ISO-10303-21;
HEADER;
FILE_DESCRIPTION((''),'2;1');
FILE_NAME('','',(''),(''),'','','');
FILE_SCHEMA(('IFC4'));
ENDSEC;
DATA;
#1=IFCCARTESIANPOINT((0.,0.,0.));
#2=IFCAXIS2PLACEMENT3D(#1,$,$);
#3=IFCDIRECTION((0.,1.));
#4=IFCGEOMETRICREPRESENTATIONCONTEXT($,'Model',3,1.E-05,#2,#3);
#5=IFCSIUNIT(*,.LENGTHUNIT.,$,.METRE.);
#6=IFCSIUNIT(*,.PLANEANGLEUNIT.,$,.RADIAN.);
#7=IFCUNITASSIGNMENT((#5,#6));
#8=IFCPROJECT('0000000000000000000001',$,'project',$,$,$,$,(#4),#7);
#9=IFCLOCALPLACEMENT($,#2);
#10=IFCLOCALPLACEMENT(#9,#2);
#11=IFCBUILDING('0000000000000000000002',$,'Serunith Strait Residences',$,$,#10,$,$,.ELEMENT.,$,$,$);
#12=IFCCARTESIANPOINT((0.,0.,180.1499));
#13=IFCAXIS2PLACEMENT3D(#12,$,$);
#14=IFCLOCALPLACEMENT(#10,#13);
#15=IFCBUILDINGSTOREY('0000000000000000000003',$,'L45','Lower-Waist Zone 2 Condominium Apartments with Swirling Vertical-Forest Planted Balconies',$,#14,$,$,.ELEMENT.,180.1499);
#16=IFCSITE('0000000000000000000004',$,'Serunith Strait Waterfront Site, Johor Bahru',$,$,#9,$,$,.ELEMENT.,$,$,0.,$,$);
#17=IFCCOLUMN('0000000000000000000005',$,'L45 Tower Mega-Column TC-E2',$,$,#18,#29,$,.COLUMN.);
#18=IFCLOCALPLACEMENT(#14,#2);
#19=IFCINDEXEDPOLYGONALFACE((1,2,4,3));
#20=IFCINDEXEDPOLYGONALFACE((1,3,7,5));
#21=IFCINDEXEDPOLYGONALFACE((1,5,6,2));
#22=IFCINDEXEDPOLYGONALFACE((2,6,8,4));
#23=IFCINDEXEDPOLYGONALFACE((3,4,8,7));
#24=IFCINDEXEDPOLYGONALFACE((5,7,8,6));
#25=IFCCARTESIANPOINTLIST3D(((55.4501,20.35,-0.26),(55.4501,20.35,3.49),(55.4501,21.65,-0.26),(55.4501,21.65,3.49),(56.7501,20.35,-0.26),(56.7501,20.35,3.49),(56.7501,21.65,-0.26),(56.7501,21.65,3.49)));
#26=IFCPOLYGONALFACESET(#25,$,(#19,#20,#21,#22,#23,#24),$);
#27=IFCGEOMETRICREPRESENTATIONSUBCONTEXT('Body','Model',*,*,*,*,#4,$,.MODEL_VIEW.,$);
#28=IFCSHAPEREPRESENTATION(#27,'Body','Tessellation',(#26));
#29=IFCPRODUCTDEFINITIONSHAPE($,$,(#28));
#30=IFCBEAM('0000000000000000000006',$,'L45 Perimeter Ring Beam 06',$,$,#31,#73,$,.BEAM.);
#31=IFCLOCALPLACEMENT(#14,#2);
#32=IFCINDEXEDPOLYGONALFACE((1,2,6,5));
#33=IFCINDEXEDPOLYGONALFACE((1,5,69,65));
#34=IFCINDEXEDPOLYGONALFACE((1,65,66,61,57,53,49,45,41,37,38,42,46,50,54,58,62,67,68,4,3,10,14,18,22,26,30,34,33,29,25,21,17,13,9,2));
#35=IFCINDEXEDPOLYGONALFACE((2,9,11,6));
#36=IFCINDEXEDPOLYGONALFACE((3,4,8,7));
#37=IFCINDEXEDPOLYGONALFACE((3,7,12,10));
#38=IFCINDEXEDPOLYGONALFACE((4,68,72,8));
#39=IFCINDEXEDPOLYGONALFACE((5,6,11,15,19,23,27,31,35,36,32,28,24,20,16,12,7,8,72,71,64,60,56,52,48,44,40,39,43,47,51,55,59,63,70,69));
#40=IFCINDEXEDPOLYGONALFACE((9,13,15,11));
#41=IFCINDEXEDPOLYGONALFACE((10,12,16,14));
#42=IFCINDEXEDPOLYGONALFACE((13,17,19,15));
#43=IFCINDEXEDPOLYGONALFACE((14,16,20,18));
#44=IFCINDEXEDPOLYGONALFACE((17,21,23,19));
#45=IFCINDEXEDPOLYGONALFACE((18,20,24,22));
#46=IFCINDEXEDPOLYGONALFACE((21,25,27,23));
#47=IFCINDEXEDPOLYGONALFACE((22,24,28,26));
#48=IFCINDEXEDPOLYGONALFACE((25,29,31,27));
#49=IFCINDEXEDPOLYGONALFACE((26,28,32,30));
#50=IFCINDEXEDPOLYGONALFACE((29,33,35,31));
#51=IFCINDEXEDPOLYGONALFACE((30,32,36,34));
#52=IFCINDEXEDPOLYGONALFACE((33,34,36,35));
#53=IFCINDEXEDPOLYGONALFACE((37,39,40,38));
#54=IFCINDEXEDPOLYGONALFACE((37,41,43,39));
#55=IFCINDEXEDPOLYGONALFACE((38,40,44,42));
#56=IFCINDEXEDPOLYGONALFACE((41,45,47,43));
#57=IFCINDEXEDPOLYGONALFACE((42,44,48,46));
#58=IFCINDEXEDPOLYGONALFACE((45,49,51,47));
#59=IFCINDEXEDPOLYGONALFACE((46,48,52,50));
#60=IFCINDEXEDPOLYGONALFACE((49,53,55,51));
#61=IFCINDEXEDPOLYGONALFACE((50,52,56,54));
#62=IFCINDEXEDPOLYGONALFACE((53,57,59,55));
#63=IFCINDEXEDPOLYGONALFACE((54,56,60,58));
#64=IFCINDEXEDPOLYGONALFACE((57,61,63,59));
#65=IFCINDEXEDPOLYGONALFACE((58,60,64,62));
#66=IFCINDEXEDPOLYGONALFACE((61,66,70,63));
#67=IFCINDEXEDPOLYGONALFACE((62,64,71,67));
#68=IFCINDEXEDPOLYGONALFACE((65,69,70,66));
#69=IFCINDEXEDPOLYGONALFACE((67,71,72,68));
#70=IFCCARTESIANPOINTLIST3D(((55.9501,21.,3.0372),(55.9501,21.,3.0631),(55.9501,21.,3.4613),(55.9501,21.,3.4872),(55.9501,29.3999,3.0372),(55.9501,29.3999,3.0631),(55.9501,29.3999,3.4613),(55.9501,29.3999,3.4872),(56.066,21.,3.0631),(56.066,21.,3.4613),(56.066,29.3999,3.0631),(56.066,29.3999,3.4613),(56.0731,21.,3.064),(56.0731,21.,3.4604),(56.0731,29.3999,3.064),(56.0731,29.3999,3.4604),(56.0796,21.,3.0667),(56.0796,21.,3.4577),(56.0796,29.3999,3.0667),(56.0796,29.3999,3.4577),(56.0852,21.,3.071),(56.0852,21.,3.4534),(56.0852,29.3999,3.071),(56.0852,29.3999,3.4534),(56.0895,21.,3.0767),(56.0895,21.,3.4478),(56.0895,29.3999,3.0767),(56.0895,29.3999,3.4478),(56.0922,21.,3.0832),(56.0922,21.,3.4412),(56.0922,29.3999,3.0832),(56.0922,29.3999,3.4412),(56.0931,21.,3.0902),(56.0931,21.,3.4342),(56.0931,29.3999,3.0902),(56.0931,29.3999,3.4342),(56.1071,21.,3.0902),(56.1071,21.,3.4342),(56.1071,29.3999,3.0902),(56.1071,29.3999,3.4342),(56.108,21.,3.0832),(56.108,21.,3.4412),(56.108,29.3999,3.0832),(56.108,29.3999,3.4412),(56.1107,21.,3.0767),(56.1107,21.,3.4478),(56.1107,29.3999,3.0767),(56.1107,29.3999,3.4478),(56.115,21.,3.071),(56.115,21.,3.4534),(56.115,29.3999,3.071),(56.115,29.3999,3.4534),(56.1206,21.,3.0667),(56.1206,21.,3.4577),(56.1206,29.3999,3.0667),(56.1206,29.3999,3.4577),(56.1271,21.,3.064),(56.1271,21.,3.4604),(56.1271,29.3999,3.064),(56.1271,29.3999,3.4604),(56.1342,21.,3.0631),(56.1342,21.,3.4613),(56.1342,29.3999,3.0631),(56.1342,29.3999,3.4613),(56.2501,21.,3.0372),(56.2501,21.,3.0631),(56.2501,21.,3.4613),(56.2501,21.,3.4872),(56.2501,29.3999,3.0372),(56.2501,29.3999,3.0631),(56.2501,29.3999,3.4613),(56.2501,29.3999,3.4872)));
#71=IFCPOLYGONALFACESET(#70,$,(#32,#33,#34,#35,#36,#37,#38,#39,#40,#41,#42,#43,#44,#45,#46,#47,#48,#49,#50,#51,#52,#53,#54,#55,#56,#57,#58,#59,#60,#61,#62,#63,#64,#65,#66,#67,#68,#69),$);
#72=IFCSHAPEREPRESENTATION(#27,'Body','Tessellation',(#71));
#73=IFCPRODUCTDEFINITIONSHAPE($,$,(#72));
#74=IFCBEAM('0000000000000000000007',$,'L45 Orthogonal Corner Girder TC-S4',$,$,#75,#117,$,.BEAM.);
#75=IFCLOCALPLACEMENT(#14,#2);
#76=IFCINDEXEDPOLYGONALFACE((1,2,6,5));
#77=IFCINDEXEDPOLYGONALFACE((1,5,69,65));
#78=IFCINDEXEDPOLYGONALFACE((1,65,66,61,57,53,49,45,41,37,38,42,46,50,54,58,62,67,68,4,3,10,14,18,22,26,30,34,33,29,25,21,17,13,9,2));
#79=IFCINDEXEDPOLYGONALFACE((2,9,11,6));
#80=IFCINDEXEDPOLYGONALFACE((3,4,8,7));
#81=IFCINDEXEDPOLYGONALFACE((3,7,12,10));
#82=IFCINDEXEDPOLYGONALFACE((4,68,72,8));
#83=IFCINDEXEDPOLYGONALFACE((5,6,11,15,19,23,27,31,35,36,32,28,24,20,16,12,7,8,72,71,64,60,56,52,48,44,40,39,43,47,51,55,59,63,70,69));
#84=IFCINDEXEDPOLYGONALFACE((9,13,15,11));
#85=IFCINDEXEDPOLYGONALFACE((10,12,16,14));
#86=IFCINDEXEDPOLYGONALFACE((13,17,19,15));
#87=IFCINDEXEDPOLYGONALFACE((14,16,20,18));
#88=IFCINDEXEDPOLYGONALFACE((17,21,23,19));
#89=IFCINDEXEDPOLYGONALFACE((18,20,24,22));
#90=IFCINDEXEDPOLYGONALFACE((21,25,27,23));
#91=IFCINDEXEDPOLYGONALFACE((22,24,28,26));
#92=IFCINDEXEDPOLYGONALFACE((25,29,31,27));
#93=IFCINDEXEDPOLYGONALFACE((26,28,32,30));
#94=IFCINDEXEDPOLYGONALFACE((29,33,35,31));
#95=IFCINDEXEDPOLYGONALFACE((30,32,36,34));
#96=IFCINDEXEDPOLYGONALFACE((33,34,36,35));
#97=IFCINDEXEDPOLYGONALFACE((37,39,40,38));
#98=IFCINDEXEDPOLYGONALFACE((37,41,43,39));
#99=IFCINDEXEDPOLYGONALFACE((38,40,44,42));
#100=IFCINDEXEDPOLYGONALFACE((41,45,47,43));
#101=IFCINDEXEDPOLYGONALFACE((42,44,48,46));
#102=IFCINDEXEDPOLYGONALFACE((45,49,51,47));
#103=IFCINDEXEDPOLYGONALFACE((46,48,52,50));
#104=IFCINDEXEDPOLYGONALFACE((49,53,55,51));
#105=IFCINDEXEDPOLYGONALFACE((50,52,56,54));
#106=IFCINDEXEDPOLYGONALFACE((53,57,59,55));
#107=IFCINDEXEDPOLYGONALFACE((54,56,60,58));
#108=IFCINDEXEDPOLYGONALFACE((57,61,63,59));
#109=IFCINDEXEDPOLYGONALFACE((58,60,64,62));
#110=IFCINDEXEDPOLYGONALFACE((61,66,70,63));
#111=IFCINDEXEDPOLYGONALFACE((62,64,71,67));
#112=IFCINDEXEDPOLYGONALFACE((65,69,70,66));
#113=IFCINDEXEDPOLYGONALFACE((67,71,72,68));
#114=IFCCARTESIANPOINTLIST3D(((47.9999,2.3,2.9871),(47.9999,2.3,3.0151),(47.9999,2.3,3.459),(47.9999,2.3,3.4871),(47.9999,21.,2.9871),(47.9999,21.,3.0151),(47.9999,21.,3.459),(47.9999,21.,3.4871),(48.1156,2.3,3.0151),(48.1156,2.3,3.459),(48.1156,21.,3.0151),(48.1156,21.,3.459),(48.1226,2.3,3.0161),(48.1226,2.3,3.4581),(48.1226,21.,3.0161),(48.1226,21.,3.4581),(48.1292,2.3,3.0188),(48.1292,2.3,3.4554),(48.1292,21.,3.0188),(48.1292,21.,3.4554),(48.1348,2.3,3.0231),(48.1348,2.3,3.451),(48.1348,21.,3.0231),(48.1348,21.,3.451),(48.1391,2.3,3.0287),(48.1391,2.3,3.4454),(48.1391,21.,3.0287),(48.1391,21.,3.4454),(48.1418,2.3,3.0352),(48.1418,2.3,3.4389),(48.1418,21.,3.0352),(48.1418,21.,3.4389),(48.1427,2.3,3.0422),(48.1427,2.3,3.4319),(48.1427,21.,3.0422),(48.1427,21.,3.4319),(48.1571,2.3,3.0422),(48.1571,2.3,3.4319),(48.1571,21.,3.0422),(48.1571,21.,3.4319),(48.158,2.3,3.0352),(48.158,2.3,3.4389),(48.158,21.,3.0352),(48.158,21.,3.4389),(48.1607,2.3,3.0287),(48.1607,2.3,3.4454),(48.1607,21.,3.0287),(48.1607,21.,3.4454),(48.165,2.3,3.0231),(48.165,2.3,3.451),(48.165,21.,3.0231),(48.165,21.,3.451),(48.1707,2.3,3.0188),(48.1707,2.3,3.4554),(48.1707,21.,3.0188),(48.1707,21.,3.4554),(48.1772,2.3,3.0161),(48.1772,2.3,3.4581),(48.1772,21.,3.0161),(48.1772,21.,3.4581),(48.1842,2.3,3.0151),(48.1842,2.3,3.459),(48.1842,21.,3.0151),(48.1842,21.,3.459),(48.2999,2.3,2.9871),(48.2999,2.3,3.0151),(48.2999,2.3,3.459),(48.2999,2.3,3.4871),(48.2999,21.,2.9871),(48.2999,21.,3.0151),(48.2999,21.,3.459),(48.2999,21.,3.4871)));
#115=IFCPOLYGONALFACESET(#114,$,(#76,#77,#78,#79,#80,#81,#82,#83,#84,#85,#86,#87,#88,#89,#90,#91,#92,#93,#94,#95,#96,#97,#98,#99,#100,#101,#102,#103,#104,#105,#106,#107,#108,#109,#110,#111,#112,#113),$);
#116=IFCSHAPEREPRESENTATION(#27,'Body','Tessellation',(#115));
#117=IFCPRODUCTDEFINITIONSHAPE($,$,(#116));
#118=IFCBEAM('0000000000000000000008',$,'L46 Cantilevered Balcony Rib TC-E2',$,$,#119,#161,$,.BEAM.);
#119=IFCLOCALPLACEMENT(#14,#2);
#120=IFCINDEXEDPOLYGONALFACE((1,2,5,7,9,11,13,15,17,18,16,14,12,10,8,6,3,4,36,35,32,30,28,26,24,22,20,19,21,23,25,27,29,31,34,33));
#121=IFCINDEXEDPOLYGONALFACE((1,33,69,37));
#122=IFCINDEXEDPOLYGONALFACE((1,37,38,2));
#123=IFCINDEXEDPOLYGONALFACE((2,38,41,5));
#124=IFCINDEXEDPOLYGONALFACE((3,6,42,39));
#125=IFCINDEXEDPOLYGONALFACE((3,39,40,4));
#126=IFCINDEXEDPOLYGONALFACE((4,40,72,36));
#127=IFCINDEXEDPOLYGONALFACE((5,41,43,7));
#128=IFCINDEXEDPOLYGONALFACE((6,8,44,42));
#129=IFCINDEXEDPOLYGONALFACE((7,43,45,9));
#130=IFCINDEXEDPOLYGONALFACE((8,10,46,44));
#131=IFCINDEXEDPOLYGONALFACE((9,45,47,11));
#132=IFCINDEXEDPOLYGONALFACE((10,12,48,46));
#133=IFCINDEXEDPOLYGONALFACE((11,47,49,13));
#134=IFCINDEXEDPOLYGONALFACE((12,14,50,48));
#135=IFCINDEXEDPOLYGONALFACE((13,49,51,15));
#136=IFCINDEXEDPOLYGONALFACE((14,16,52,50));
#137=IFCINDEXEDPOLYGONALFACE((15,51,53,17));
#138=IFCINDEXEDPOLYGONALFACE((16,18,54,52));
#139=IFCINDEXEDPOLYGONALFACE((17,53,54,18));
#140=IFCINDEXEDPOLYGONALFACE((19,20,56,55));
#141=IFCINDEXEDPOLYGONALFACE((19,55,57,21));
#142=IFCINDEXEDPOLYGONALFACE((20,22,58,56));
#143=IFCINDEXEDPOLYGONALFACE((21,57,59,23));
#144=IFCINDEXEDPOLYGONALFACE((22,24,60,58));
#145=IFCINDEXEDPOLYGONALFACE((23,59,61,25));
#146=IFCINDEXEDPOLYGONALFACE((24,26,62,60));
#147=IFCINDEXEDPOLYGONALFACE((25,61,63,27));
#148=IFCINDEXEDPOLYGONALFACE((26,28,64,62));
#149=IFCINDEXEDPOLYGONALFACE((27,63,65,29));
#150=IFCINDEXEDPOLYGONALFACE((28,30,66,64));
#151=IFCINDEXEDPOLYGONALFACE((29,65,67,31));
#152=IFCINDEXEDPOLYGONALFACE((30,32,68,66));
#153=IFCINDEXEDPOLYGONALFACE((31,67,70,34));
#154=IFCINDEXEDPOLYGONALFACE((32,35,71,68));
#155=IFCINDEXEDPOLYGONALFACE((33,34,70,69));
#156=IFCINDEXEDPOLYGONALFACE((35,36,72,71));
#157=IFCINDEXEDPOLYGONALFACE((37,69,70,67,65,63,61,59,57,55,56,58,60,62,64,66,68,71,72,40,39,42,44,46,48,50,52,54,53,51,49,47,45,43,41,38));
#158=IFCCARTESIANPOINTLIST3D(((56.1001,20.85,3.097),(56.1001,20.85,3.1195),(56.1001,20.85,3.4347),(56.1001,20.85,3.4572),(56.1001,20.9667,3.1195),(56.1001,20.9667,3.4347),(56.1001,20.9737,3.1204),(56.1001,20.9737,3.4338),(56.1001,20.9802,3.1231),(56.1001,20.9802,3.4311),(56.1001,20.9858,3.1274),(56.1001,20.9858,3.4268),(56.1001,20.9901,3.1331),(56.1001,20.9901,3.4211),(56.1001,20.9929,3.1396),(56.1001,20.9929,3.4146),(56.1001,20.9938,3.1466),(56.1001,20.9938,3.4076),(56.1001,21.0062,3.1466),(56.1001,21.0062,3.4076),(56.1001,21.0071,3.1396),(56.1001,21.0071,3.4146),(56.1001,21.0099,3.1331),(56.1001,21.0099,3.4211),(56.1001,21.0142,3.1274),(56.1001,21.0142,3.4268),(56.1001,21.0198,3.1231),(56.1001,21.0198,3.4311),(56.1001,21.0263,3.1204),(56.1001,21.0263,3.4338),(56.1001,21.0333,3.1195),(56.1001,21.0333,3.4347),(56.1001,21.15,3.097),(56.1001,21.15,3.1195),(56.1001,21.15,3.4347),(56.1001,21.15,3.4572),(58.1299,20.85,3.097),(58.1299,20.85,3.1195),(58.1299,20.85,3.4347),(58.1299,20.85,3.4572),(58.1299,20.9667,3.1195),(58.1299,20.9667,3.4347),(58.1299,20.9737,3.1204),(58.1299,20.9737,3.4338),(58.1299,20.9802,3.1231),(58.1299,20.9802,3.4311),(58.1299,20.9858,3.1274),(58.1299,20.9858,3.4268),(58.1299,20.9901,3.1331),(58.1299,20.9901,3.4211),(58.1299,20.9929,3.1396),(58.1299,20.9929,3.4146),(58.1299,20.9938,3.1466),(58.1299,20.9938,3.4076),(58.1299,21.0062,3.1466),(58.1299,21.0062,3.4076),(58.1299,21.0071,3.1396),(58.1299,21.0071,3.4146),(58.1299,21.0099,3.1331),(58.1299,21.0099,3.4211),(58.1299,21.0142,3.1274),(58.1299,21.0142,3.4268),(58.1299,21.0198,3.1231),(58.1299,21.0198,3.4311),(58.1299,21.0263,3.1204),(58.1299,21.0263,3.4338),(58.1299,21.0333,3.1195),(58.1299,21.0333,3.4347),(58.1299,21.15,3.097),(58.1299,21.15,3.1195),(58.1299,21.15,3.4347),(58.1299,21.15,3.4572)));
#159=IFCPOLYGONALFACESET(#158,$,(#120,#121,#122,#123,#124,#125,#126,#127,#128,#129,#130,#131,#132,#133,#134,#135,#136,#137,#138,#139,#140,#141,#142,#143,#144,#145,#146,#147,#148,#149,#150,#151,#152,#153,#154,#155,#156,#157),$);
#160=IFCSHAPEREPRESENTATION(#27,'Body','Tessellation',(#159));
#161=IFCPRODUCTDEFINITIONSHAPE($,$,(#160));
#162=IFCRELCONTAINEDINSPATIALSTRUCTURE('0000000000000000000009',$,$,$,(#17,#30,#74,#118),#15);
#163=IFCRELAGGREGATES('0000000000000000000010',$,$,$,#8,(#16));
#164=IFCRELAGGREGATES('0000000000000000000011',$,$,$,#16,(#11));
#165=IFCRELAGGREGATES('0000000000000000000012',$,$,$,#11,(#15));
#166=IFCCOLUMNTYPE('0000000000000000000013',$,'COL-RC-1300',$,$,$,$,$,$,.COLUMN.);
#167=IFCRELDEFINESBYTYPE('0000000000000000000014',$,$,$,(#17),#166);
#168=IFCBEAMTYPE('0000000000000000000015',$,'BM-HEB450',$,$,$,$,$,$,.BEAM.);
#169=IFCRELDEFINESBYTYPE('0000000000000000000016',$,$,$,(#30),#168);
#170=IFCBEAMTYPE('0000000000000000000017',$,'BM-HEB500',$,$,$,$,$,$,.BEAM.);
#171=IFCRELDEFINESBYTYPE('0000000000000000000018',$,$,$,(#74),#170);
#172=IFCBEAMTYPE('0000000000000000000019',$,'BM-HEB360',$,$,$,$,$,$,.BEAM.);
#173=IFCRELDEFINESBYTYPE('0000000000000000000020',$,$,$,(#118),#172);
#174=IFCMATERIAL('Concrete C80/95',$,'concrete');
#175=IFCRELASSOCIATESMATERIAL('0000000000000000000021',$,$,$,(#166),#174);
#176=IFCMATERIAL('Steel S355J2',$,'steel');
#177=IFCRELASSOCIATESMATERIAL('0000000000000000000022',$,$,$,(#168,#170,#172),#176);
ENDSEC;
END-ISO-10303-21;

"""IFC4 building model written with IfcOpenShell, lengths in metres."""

from ifc_helpers import new_model, si_unit, direction, frame, origin, origin_2d, place, context, subcontext, project, spatial, rectangle, i_section, extrude, source, transform, mapped, material, material_profile, profile_set, type_object, element, save


model = new_model("IFC4")

# Units and contexts
model_context = context("Model", 3, precision=1e-05, world=origin(), true_north=direction((0.0, 1.0)))
body_context = subcontext(model_context, "Body", "Model", "MODEL_VIEW")
ifc_project = project(units=[si_unit("LENGTHUNIT", "METRE"), si_unit("PLANEANGLEUNIT", "RADIAN")], contexts=[model_context])

# Site, building, storey
site_placement = place(None, origin())
site = spatial("IfcSite", under=ifc_project, at=site_placement, Name="Serunith Strait Waterfront Site, Johor Bahru", CompositionType="ELEMENT", RefElevation=0.0)
building_placement = place(site_placement, origin())
building = spatial("IfcBuilding", under=site, at=building_placement, Name="Serunith Strait Residences", CompositionType="ELEMENT")
storey_placement = place(building_placement, frame((0.0, 0.0, 180.1499)))
storey = spatial("IfcBuildingStorey", under=building, at=storey_placement, Name="L45", Description="Lower-Waist Zone 2 Condominium Apartments with Swirling Vertical-Forest Planted Balconies", CompositionType="ELEMENT", Elevation=180.1499)

# Column
ifc_material_1 = material(Name="Concrete C80/95", Category="concrete")
ifc_material_profile_1 = material_profile(ifc_material_1, rectangle(XDim=1.3, YDim=1.3, at=origin_2d()), Name="RC 1300x1300")
ifc_profile_set_1 = profile_set([ifc_material_profile_1], Name="Concrete C80/95")
column_type = type_object("IfcColumnType", Name="COL-RC-1300", PredefinedType="COLUMN", material=ifc_profile_set_1)
shared_shape_1 = source(origin(), body_context, "Body", "SweptSolid", [
    extrude(rectangle(XDim=1.3, YDim=1.3, at=origin_2d()), origin(), (0.0, 0.0, 1.0), 3.75),
])
column_placement = place(storey_placement, frame((56.1001, 21.0, -0.26), z_axis=(0.0, 0.0, 1.0), x_axis=(1.0, 0.0, 0.0)))
element("IfcColumn", 1, at=column_placement, inside=storey, type_object=column_type, Name="L45 Tower Mega-Column TC-E2", PredefinedType="COLUMN", context=body_context, shape_type="MappedRepresentation", body=[
    mapped(shared_shape_1, transform((0.0, 0.0, 0.0), scale=1.0)),
])

# Beams
ifc_material_2 = material(Name="Steel S355J2", Category="steel")
ifc_material_profile_2 = material_profile(ifc_material_2, i_section(OverallWidth=0.3, OverallDepth=0.45, WebThickness=0.0139, FlangeThickness=0.0259, FilletRadius=0.0271, at=origin_2d()), Name="HEB 450")
ifc_profile_set_2 = profile_set([ifc_material_profile_2], Name="Steel S355J2")
beam_type_1 = type_object("IfcBeamType", Name="BM-HEB450", PredefinedType="BEAM", material=ifc_profile_set_2)
shared_shape_2 = source(origin(), body_context, "Body", "SweptSolid", [
    extrude(i_section(OverallWidth=0.3, OverallDepth=0.45, WebThickness=0.0139, FlangeThickness=0.0259, FilletRadius=0.0271, at=origin_2d()), origin(), (0.0, 0.0, 1.0), 8.3999),
])
beam_1_placement = place(storey_placement, frame((56.1001, 21.0, 3.2622), z_axis=(0.0, 1.0, 0.0), x_axis=(-1.0, 0.0, 0.0)))
element("IfcBeam", 2, at=beam_1_placement, inside=storey, type_object=beam_type_1, Name="L45 Perimeter Ring Beam 06", PredefinedType="BEAM", context=body_context, shape_type="MappedRepresentation", body=[
    mapped(shared_shape_2, transform((0.0, 0.0, 0.0), scale=1.0)),
])
ifc_material_profile_3 = material_profile(ifc_material_2, i_section(OverallWidth=0.3, OverallDepth=0.5, WebThickness=0.0144, FlangeThickness=0.0281, FilletRadius=0.0271, at=origin_2d()), Name="HEB 500")
ifc_profile_set_3 = profile_set([ifc_material_profile_3], Name="Steel S355J2")
beam_type_2 = type_object("IfcBeamType", Name="BM-HEB500", PredefinedType="BEAM", material=ifc_profile_set_3)
shared_shape_3 = source(origin(), body_context, "Body", "SweptSolid", [
    extrude(i_section(OverallWidth=0.3, OverallDepth=0.5, WebThickness=0.0144, FlangeThickness=0.0281, FilletRadius=0.0271, at=origin_2d()), origin(), (0.0, 0.0, 1.0), 18.7),
])
beam_2_placement = place(storey_placement, frame((48.1499, 21.0, 3.2371), z_axis=(0.0, -1.0, 0.0), x_axis=(1.0, 0.0, 0.0)))
element("IfcBeam", 3, at=beam_2_placement, inside=storey, type_object=beam_type_2, Name="L45 Orthogonal Corner Girder TC-S4", PredefinedType="BEAM", context=body_context, shape_type="MappedRepresentation", body=[
    mapped(shared_shape_3, transform((0.0, 0.0, 0.0), scale=1.0)),
])
ifc_material_profile_4 = material_profile(ifc_material_2, i_section(OverallWidth=0.3, OverallDepth=0.3601, WebThickness=0.0125, FlangeThickness=0.0225, FilletRadius=0.0271, at=origin_2d()), Name="HEB 360")
ifc_profile_set_4 = profile_set([ifc_material_profile_4], Name="Steel S355J2")
beam_type_3 = type_object("IfcBeamType", Name="BM-HEB360", PredefinedType="BEAM", material=ifc_profile_set_4)
shared_shape_4 = source(origin(), body_context, "Body", "SweptSolid", [
    extrude(i_section(OverallWidth=0.3, OverallDepth=0.3601, WebThickness=0.0125, FlangeThickness=0.0225, FilletRadius=0.0271, at=origin_2d()), origin(), (0.0, 0.0, 1.0), 2.0298),
])
beam_3_placement = place(storey_placement, frame((56.1001, 21.0, 3.2771), z_axis=(1.0, 0.0, 0.0), x_axis=(0.0, 1.0, 0.0)))
element("IfcBeam", 4, at=beam_3_placement, inside=storey, type_object=beam_type_3, Name="L46 Cantilevered Balcony Rib TC-E2", PredefinedType="BEAM", context=body_context, shape_type="MappedRepresentation", body=[
    mapped(shared_shape_4, transform((0.0, 0.0, 0.0), scale=1.0)),
])

save(model, "model.ifc")
